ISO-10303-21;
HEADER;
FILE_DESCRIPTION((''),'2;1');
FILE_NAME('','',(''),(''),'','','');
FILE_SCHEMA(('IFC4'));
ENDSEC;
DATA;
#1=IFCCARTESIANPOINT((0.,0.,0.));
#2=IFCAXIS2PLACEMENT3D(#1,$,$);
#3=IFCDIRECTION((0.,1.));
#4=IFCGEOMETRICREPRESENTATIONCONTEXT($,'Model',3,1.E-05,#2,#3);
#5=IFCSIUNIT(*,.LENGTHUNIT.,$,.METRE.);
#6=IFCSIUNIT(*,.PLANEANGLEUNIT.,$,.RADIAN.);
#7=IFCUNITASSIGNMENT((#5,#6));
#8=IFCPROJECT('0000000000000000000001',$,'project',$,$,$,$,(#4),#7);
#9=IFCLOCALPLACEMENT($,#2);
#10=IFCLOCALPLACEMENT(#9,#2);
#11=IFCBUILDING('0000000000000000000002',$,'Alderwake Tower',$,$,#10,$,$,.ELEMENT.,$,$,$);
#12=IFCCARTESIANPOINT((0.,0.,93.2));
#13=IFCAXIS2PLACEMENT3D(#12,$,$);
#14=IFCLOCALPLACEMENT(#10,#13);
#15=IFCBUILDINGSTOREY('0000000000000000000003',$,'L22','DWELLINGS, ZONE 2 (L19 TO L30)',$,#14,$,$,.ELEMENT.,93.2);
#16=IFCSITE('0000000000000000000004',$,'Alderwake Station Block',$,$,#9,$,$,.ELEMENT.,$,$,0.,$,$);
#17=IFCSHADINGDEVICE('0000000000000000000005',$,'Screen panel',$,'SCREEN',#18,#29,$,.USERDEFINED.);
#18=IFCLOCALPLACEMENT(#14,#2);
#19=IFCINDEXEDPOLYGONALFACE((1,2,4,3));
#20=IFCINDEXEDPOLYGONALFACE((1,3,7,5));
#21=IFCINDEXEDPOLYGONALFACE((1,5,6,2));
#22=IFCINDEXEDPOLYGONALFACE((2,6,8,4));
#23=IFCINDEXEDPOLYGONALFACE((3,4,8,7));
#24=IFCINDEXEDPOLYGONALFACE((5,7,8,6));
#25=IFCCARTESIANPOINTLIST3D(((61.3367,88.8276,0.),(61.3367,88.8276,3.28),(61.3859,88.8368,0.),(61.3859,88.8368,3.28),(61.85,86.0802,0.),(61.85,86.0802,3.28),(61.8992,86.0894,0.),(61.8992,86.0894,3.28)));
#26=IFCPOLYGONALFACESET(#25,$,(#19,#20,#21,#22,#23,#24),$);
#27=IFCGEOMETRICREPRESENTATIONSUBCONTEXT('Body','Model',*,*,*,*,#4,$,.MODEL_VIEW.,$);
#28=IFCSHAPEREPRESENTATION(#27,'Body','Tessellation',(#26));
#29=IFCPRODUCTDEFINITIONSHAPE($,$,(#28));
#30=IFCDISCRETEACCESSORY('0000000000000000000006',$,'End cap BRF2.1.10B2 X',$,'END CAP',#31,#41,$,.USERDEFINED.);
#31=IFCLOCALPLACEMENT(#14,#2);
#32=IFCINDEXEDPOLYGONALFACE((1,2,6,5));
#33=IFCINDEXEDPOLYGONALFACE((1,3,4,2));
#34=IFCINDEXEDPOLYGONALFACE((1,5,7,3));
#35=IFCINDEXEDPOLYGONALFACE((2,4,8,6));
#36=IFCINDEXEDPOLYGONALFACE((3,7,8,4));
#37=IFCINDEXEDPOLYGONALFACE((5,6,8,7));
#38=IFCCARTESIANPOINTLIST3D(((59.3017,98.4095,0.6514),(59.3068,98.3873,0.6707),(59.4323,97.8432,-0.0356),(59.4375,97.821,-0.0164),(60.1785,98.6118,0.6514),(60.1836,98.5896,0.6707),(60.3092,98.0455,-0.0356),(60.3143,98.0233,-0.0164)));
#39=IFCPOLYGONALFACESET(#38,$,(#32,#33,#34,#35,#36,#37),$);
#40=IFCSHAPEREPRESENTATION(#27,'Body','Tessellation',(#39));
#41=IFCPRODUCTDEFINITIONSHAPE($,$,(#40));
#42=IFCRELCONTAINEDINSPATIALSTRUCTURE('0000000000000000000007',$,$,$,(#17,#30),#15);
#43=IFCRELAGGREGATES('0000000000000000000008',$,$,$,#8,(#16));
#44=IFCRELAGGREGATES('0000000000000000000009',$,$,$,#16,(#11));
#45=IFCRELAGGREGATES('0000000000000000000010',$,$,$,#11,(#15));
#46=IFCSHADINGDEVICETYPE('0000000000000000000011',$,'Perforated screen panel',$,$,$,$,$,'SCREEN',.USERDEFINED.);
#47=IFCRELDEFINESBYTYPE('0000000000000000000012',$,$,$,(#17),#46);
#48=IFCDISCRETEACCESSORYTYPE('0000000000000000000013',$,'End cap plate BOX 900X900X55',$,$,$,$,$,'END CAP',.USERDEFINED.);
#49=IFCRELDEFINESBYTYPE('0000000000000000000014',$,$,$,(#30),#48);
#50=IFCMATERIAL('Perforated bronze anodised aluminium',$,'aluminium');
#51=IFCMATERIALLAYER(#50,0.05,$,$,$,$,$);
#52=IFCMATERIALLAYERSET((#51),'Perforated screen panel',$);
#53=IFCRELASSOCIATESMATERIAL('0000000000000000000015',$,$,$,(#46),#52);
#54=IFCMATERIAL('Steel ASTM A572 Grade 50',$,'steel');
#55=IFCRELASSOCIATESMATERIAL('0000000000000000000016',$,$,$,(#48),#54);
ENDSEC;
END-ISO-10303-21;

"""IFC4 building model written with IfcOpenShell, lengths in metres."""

from ifc_helpers import new_model, si_unit, direction, frame, origin, origin_2d, place, context, subcontext, project, spatial, rectangle, extrude, material, layer, layer_set, material_profile, profile_set, type_object, element, save


model = new_model("IFC4")

# Units and contexts
model_context = context("Model", 3, precision=1e-05, world=origin(), true_north=direction((0.0, 1.0)))
body_context = subcontext(model_context, "Body", "Model", "MODEL_VIEW")
ifc_project = project(units=[si_unit("LENGTHUNIT", "METRE"), si_unit("PLANEANGLEUNIT", "RADIAN")], contexts=[model_context])

# Site, building, storey
site_placement = place(None, origin())
site = spatial("IfcSite", under=ifc_project, at=site_placement, Name="Alderwake Station Block", CompositionType="ELEMENT", RefElevation=0.0)
building_placement = place(site_placement, origin())
building = spatial("IfcBuilding", under=site, at=building_placement, Name="Alderwake Tower", CompositionType="ELEMENT")
storey_placement = place(building_placement, frame((0.0, 0.0, 93.2)))
storey = spatial("IfcBuildingStorey", under=building, at=storey_placement, Name="L22", Description="DWELLINGS, ZONE 2 (L19 TO L30)", CompositionType="ELEMENT", Elevation=93.2)

# Shading device
ifc_material_1 = material(Name="Perforated bronze anodised aluminium", Category="aluminium")
ifc_layer_1 = layer(ifc_material_1, 0.05)
ifc_layer_set_1 = layer_set([ifc_layer_1], Name="Perforated screen panel")
shading_device_type_1 = type_object("IfcShadingDeviceType", Name="Perforated screen panel", ElementType="SCREEN", PredefinedType="USERDEFINED", material=ifc_layer_set_1)
shading_device_placement = place(storey_placement, frame((61.6179, 87.4585, 0.0), z_axis=(0.0, 0.0, 1.0), x_axis=(0.982991, 0.183651, 0.0)))
element("IfcShadingDevice", 1, at=shading_device_placement, inside=storey, type_object=shading_device_type_1, Name="Screen panel", ObjectType="SCREEN", PredefinedType="USERDEFINED", context=body_context, shape_type="SweptSolid", body=[
    extrude(rectangle(XDim=0.05, YDim=2.7949, at=origin_2d()), origin(), (0.0, 0.0, 1.0), 3.28),
])

# Discrete accessory
ifc_material_2 = material(Name="Steel ASTM A572 Grade 50", Category="steel")
ifc_material_profile_1 = material_profile(ifc_material_2, rectangle(XDim=0.8999, YDim=0.8999, at=origin_2d()), Name="BOX 900X900X55 cap")
ifc_profile_set_1 = profile_set([ifc_material_profile_1], Name="Steel ASTM A572 Grade 50")
discrete_accessory_type = type_object("IfcDiscreteAccessoryType", Name="End cap plate BOX 900X900X55", ElementType="END CAP", PredefinedType="USERDEFINED", material=ifc_profile_set_1)
discrete_accessory_placement = place(storey_placement, frame((59.8105, 98.2053, 0.3271), z_axis=(-0.171676, 0.74393, -0.645829), x_axis=(-0.974391, -0.22486, 0.0)))
element("IfcDiscreteAccessory", 2, at=discrete_accessory_placement, inside=storey, type_object=discrete_accessory_type, Name="End cap BRF2.1.10B2 X", ObjectType="END CAP", PredefinedType="USERDEFINED", context=body_context, shape_type="SweptSolid", body=[
    extrude(rectangle(XDim=0.8999, YDim=0.8999, at=origin_2d()), origin(), (0.0, 0.0, 1.0), 0.0298),
])

save(model, "model.ifc")
